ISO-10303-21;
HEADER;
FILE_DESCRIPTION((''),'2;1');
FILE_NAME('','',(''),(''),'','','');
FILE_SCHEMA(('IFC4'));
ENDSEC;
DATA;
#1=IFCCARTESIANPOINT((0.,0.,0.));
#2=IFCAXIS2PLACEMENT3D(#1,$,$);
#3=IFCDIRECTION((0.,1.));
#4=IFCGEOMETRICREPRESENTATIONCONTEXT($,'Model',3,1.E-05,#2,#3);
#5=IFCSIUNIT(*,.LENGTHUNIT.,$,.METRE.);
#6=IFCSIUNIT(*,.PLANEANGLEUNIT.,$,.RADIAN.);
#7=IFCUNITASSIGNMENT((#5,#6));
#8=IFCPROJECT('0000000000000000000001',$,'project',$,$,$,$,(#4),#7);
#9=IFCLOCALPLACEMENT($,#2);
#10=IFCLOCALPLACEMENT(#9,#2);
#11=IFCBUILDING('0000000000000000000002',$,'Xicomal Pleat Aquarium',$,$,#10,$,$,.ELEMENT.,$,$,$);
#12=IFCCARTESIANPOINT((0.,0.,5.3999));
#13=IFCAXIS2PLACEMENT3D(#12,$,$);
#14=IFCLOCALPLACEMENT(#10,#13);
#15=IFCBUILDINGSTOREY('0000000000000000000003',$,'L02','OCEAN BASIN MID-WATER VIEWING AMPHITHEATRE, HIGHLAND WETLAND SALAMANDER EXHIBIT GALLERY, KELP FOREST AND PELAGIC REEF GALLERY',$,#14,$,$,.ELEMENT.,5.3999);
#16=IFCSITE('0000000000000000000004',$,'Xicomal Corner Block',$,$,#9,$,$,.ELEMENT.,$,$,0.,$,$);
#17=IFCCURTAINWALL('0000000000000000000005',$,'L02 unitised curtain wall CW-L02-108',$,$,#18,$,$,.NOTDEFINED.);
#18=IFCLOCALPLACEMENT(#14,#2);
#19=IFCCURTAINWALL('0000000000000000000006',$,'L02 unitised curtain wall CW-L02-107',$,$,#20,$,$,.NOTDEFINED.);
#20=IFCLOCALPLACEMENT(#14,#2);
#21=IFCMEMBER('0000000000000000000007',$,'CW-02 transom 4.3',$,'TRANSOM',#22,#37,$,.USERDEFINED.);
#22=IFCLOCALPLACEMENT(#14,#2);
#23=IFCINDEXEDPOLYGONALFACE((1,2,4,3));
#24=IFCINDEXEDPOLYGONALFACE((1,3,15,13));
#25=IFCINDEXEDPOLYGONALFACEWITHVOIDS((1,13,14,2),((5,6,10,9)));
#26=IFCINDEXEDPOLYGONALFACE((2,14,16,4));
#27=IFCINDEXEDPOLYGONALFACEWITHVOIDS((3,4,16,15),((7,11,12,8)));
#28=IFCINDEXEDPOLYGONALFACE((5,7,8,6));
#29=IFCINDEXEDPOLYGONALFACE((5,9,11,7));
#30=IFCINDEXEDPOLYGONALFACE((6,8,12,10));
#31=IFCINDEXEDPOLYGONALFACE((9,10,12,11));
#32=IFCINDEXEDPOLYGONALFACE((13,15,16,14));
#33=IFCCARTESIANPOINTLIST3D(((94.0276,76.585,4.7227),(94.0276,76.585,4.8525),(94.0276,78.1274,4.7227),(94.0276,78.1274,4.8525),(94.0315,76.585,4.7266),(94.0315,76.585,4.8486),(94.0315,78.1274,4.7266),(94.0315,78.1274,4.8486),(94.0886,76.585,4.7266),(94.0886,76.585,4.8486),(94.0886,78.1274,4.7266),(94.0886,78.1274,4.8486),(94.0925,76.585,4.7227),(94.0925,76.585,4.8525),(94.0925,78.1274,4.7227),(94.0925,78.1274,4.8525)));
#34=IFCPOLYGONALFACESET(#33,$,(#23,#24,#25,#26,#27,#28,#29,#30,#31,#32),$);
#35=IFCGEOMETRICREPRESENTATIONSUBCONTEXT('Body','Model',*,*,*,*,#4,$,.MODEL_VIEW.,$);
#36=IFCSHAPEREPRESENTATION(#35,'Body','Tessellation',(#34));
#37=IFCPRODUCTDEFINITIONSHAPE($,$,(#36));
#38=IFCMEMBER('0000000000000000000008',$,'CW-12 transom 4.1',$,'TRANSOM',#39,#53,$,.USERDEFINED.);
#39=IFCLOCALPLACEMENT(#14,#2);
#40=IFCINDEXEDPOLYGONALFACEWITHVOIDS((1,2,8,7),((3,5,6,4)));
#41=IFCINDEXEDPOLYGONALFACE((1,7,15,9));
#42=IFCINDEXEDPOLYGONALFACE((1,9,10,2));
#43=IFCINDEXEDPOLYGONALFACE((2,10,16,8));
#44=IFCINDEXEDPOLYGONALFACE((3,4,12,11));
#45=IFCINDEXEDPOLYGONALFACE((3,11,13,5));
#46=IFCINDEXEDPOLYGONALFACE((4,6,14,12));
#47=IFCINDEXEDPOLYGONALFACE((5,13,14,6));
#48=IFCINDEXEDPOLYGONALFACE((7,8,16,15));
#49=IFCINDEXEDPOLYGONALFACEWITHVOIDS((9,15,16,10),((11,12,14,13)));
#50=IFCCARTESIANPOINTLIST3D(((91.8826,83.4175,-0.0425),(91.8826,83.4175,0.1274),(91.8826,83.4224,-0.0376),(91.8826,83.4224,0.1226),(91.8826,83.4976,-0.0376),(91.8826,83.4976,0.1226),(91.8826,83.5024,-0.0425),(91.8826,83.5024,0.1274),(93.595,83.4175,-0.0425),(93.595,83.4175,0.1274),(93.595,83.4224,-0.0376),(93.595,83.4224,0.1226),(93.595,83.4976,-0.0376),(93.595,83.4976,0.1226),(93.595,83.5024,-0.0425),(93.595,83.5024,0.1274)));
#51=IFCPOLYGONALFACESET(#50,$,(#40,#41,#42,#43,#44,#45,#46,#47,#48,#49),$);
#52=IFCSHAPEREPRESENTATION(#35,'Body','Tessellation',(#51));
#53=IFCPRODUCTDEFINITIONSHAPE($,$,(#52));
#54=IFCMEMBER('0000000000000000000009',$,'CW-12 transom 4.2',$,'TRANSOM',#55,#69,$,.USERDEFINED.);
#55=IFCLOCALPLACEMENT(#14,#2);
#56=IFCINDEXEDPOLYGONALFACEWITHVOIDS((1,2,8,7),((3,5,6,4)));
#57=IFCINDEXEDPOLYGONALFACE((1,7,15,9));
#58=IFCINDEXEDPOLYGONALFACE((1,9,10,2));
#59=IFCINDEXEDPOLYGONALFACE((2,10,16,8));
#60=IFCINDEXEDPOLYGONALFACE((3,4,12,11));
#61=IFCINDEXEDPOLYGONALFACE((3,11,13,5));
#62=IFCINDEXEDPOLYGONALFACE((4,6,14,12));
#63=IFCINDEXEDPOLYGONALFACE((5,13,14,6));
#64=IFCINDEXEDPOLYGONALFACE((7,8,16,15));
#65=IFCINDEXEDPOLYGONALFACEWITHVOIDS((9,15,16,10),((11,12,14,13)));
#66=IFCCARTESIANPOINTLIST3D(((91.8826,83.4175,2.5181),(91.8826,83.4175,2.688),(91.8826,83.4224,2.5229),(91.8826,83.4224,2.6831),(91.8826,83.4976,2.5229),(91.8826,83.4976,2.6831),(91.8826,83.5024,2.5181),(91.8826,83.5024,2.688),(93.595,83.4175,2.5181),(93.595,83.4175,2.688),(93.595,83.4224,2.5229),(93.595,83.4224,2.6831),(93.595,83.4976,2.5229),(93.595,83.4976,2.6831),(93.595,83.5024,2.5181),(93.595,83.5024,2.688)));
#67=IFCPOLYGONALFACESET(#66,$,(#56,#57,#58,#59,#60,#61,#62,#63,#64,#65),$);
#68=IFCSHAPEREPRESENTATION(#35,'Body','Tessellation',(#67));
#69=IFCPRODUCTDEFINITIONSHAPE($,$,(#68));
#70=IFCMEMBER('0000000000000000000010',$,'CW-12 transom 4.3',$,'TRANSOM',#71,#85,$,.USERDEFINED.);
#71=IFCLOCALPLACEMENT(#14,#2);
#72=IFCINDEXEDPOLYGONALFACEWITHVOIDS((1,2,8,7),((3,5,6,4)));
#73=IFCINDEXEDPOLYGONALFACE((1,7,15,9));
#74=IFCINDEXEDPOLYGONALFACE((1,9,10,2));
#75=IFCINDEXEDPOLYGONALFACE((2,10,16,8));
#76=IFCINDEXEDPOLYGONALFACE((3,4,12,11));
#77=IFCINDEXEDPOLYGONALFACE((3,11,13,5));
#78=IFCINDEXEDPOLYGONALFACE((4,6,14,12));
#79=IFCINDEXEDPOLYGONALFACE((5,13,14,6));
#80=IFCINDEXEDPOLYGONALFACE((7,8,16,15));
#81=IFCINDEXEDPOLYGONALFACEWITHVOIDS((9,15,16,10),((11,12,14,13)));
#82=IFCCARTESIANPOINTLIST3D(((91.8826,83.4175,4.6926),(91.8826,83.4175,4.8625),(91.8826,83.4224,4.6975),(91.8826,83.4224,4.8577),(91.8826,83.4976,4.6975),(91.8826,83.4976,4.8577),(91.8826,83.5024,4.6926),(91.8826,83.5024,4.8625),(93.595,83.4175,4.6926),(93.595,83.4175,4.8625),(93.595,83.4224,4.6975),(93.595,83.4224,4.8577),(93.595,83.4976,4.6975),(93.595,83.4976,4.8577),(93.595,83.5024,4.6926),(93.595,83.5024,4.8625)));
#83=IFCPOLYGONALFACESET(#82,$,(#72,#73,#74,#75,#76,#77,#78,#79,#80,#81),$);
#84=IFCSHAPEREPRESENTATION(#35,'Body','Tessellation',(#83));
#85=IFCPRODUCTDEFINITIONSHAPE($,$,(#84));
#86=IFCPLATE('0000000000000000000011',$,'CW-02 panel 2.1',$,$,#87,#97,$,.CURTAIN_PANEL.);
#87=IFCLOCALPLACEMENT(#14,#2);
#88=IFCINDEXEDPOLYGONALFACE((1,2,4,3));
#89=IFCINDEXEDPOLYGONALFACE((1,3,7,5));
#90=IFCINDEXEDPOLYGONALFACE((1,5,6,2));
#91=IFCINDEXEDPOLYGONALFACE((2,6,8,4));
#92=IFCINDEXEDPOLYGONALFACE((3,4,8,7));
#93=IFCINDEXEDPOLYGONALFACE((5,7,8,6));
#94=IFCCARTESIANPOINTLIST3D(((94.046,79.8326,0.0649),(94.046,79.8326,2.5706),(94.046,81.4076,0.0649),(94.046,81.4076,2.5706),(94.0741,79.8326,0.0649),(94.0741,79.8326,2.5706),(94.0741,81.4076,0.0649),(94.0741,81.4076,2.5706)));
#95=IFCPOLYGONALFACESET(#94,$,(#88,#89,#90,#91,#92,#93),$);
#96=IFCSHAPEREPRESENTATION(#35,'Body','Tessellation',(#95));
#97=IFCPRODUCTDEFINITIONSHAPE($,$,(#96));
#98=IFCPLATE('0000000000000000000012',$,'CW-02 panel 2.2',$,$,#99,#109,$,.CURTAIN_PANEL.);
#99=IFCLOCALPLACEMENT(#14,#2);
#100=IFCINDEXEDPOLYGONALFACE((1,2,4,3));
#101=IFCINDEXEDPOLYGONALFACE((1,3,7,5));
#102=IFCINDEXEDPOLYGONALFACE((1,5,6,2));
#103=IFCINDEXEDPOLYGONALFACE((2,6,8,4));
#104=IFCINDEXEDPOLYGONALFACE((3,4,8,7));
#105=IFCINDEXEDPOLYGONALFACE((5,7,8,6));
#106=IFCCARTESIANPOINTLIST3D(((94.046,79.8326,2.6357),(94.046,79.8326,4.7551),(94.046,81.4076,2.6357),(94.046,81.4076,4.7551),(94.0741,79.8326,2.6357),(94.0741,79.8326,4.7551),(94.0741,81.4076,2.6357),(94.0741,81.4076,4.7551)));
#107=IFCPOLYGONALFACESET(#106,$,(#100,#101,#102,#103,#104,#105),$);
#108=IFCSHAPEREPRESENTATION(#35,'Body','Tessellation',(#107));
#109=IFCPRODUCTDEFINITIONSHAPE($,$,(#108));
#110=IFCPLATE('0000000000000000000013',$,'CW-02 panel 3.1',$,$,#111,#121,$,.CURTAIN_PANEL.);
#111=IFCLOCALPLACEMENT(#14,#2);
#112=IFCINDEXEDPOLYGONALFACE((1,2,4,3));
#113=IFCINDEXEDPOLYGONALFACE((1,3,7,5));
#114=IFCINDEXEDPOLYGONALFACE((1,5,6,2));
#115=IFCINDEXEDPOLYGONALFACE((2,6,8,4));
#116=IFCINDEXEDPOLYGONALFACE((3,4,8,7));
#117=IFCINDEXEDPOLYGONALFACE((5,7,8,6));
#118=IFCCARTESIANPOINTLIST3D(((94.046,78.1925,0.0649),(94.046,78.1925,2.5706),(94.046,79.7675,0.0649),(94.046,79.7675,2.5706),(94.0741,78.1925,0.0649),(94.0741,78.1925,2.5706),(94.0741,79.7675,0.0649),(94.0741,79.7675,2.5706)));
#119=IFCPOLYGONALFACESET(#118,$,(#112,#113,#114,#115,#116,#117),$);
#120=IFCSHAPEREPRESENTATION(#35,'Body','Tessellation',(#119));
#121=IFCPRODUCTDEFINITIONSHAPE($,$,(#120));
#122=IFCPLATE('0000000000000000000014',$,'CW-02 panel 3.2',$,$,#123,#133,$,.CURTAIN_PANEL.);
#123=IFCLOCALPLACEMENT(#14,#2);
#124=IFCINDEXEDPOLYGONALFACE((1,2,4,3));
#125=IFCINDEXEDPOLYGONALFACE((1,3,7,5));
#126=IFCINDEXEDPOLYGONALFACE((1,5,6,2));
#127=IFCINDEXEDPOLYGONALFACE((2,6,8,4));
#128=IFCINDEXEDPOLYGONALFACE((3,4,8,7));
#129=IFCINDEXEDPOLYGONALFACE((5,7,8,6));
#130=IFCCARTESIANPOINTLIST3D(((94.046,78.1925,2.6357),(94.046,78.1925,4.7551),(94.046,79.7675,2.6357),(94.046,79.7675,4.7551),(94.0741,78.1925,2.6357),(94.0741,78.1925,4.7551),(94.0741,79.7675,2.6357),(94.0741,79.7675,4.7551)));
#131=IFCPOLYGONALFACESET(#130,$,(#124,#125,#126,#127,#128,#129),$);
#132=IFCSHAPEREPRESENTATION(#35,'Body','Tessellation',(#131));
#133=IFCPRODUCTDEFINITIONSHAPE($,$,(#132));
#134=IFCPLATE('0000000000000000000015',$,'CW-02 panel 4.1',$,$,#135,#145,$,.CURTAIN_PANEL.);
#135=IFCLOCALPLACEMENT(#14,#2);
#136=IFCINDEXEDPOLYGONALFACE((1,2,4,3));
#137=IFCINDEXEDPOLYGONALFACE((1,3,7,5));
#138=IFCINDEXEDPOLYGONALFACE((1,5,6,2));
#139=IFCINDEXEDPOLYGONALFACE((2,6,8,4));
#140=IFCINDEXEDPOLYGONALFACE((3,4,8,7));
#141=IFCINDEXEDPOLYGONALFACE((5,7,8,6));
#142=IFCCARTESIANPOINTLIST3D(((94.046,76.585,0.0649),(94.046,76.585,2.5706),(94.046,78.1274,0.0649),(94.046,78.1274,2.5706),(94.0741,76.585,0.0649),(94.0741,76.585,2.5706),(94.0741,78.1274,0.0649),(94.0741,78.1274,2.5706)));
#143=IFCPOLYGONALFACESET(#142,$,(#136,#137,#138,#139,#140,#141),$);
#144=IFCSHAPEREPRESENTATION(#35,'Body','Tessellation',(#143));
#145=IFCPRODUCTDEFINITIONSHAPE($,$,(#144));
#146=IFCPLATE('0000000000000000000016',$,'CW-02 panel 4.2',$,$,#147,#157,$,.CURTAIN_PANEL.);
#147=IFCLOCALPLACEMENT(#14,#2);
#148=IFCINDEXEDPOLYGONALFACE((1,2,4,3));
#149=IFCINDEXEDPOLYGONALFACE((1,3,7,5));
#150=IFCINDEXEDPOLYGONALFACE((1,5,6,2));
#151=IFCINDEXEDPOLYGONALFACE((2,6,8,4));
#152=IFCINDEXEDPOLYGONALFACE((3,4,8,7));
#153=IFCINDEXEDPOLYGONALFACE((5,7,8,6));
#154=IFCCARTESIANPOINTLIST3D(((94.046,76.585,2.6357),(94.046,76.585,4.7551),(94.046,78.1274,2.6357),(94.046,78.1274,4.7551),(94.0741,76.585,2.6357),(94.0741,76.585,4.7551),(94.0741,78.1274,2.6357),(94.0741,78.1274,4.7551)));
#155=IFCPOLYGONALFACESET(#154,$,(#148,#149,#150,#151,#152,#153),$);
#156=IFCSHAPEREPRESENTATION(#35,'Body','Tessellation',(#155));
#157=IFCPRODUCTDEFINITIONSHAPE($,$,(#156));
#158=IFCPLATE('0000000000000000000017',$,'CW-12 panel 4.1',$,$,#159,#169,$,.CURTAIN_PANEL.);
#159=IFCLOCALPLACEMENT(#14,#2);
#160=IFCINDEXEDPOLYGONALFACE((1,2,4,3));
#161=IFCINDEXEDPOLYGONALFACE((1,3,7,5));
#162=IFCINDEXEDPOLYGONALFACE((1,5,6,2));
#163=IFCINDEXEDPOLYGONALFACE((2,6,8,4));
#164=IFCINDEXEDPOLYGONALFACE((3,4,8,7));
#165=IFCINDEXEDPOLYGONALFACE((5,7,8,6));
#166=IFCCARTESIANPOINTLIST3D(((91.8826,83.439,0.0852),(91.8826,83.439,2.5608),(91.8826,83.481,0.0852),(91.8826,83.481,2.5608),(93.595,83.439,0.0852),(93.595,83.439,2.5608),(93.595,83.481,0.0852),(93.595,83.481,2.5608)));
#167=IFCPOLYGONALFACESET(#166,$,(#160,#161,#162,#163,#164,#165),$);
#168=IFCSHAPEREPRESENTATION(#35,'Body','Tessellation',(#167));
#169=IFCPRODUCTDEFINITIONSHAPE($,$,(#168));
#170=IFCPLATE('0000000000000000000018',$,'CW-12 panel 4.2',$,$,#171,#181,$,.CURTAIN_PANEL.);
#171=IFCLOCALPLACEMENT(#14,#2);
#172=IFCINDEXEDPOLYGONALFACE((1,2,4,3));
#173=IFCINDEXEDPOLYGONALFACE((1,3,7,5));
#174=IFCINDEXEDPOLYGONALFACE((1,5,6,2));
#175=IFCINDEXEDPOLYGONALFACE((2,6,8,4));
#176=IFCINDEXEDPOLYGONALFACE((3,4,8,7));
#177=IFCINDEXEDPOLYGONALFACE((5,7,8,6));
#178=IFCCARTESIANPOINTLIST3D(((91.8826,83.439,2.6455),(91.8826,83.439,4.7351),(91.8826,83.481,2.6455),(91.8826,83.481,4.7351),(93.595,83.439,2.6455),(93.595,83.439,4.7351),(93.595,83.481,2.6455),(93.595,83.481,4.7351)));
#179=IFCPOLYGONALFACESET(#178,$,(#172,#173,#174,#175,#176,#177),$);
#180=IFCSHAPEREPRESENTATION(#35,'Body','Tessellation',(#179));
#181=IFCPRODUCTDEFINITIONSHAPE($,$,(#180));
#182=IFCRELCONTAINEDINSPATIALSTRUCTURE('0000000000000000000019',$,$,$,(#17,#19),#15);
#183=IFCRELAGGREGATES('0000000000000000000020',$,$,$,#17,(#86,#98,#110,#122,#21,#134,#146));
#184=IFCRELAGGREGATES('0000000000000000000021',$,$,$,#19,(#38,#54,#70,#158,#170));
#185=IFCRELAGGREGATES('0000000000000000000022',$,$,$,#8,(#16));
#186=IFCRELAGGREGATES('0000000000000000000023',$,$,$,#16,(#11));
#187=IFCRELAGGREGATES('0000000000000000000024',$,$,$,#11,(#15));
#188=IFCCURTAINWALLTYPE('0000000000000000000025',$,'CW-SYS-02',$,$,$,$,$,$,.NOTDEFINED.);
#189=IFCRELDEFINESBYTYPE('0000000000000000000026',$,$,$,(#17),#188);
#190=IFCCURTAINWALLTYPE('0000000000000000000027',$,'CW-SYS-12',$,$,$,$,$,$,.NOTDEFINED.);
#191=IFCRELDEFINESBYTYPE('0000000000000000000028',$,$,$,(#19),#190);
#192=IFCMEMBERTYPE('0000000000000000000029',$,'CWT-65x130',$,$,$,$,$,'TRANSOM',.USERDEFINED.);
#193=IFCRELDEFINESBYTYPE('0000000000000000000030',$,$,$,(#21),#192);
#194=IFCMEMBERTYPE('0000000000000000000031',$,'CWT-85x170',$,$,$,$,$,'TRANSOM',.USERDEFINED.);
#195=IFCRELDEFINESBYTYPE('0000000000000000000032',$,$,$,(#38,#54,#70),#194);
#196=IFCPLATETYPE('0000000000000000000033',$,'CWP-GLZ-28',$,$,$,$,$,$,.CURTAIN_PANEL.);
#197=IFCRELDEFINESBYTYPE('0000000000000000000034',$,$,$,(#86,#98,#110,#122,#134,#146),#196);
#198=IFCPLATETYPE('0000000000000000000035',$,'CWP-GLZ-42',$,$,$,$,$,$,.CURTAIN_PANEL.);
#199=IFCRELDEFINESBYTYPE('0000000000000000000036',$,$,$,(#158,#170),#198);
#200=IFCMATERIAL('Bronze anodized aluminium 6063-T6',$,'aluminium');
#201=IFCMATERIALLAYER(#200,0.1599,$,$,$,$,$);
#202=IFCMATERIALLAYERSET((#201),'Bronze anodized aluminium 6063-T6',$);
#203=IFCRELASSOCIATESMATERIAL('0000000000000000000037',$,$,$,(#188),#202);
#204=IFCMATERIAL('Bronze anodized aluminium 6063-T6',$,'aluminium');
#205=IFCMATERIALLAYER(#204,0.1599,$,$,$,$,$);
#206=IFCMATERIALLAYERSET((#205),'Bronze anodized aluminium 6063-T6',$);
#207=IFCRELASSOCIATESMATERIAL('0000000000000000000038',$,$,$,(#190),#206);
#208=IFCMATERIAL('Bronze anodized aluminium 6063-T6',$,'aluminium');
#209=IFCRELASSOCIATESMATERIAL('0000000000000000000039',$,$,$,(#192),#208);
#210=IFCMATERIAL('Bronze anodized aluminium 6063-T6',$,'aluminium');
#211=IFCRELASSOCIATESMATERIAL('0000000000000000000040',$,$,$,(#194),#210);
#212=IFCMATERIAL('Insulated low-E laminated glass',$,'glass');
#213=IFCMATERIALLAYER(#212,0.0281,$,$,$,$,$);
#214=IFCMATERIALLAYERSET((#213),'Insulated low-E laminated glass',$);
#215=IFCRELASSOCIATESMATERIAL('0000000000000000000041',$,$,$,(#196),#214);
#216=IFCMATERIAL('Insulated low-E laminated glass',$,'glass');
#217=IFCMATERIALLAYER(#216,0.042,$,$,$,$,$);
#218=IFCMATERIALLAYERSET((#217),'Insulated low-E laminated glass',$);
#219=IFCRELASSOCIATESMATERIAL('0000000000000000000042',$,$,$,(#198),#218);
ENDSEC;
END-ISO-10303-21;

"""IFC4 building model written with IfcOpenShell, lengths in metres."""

from ifc_helpers import new_model, si_unit, direction, frame, origin, origin_2d, place, context, subcontext, project, spatial, rectangle, hollow_rectangle, extrude, material, layer, layer_set, material_profile, profile_set, type_object, element, aggregate, save


model = new_model("IFC4")

# Units and contexts
model_context = context("Model", 3, precision=1e-05, world=origin(), true_north=direction((0.0, 1.0)))
body_context = subcontext(model_context, "Body", "Model", "MODEL_VIEW")
ifc_project = project(units=[si_unit("LENGTHUNIT", "METRE"), si_unit("PLANEANGLEUNIT", "RADIAN")], contexts=[model_context])

# Site, building, storey
site_placement = place(None, origin())
site = spatial("IfcSite", under=ifc_project, at=site_placement, Name="Xicomal Corner Block", CompositionType="ELEMENT", RefElevation=0.0)
building_placement = place(site_placement, origin())
building = spatial("IfcBuilding", under=site, at=building_placement, Name="Xicomal Pleat Aquarium", CompositionType="ELEMENT")
storey_placement = place(building_placement, frame((0.0, 0.0, 5.3999)))
storey = spatial("IfcBuildingStorey", under=building, at=storey_placement, Name="L02", Description="OCEAN BASIN MID-WATER VIEWING AMPHITHEATRE, HIGHLAND WETLAND SALAMANDER EXHIBIT GALLERY, KELP FOREST AND PELAGIC REEF GALLERY", CompositionType="ELEMENT", Elevation=5.3999)

# Curtain wall
ifc_material_1 = material(Name="Bronze anodized aluminium 6063-T6", Category="aluminium")
ifc_layer_1 = layer(ifc_material_1, 0.1599)
ifc_layer_set_1 = layer_set([ifc_layer_1], Name="Bronze anodized aluminium 6063-T6")
curtain_wall_type_1 = type_object("IfcCurtainWallType", Name="CW-SYS-02", PredefinedType="NOTDEFINED", material=ifc_layer_set_1)
curtain_wall_1_placement = place(storey_placement, origin())
curtain_wall_1 = element("IfcCurtainWall", 1, at=curtain_wall_1_placement, inside=storey, type_object=curtain_wall_type_1, Name="L02 unitised curtain wall CW-L02-108", PredefinedType="NOTDEFINED")

# Curtain wall
ifc_material_2 = material(Name="Bronze anodized aluminium 6063-T6", Category="aluminium")
ifc_layer_2 = layer(ifc_material_2, 0.1599)
ifc_layer_set_2 = layer_set([ifc_layer_2], Name="Bronze anodized aluminium 6063-T6")
curtain_wall_type_2 = type_object("IfcCurtainWallType", Name="CW-SYS-12", PredefinedType="NOTDEFINED", material=ifc_layer_set_2)
curtain_wall_2_placement = place(storey_placement, origin())
curtain_wall_2 = element("IfcCurtainWall", 2, at=curtain_wall_2_placement, inside=storey, type_object=curtain_wall_type_2, Name="L02 unitised curtain wall CW-L02-107", PredefinedType="NOTDEFINED")

# Members
ifc_material_3 = material(Name="Bronze anodized aluminium 6063-T6", Category="aluminium")
ifc_material_profile_1 = material_profile(ifc_material_3, hollow_rectangle(XDim=0.0649, YDim=0.1299, WallThickness=0.0039, at=origin_2d()), Name="ALU TRAN 65x130")
ifc_profile_set_1 = profile_set([ifc_material_profile_1], Name="Bronze anodized aluminium 6063-T6")
member_type_1 = type_object("IfcMemberType", Name="CWT-65x130", ElementType="TRANSOM", PredefinedType="USERDEFINED", material=ifc_profile_set_1)
member_1_placement = place(storey_placement, frame((94.0601, 78.1274, 4.7876), z_axis=(0.0, -1.0, 0.0), x_axis=(1.0, 0.0, 0.0)))
member_1 = element("IfcMember", 3, at=member_1_placement, type_object=member_type_1, Name="CW-02 transom 4.3", ObjectType="TRANSOM", PredefinedType="USERDEFINED", context=body_context, shape_type="SweptSolid", body=[
    extrude(hollow_rectangle(XDim=0.0649, YDim=0.1299, WallThickness=0.0039, at=origin_2d()), origin(), (0.0, 0.0, 1.0), 1.5425),
])
ifc_material_4 = material(Name="Bronze anodized aluminium 6063-T6", Category="aluminium")
ifc_material_profile_2 = material_profile(ifc_material_4, hollow_rectangle(XDim=0.085, YDim=0.1699, WallThickness=0.0049, at=origin_2d()), Name="ALU TRAN 85x170")
ifc_profile_set_2 = profile_set([ifc_material_profile_2], Name="Bronze anodized aluminium 6063-T6")
member_type_2 = type_object("IfcMemberType", Name="CWT-85x170", ElementType="TRANSOM", PredefinedType="USERDEFINED", material=ifc_profile_set_2)
member_2_placement = place(storey_placement, frame((91.8826, 83.46, 0.0425), z_axis=(1.0, 0.0, 0.0), x_axis=(0.0, 1.0, 0.0)))
member_2 = element("IfcMember", 4, at=member_2_placement, type_object=member_type_2, Name="CW-12 transom 4.1", ObjectType="TRANSOM", PredefinedType="USERDEFINED", context=body_context, shape_type="SweptSolid", body=[
    extrude(hollow_rectangle(XDim=0.085, YDim=0.1699, WallThickness=0.0049, at=origin_2d()), origin(), (0.0, 0.0, 1.0), 1.7124),
])
member_3_placement = place(storey_placement, frame((91.8826, 83.46, 2.603), z_axis=(1.0, 0.0, 0.0), x_axis=(0.0, 1.0, 0.0)))
member_3 = element("IfcMember", 5, at=member_3_placement, type_object=member_type_2, Name="CW-12 transom 4.2", ObjectType="TRANSOM", PredefinedType="USERDEFINED", context=body_context, shape_type="SweptSolid", body=[
    extrude(hollow_rectangle(XDim=0.085, YDim=0.1699, WallThickness=0.0049, at=origin_2d()), origin(), (0.0, 0.0, 1.0), 1.7124),
])
member_4_placement = place(storey_placement, frame((91.8826, 83.46, 4.7776), z_axis=(1.0, 0.0, 0.0), x_axis=(0.0, 1.0, 0.0)))
member_4 = element("IfcMember", 6, at=member_4_placement, type_object=member_type_2, Name="CW-12 transom 4.3", ObjectType="TRANSOM", PredefinedType="USERDEFINED", context=body_context, shape_type="SweptSolid", body=[
    extrude(hollow_rectangle(XDim=0.085, YDim=0.1699, WallThickness=0.0049, at=origin_2d()), origin(), (0.0, 0.0, 1.0), 1.7124),
])

# Plates
ifc_material_5 = material(Name="Insulated low-E laminated glass", Category="glass")
ifc_layer_3 = layer(ifc_material_5, 0.0281)
ifc_layer_set_3 = layer_set([ifc_layer_3], Name="Insulated low-E laminated glass")
plate_type_1 = type_object("IfcPlateType", Name="CWP-GLZ-28", PredefinedType="CURTAIN_PANEL", material=ifc_layer_set_3)
plate_1_placement = place(storey_placement, frame((94.0601, 80.6201, 0.0649), z_axis=(0.0, 0.0, 1.0), x_axis=(0.0, -1.0, 0.0)))
plate_1 = element("IfcPlate", 7, at=plate_1_placement, type_object=plate_type_1, Name="CW-02 panel 2.1", PredefinedType="CURTAIN_PANEL", context=body_context, shape_type="SweptSolid", body=[
    extrude(rectangle(XDim=1.575, YDim=0.0281, at=origin_2d()), origin(), (0.0, 0.0, 1.0), 2.5056),
])
plate_2_placement = place(storey_placement, frame((94.0601, 80.6201, 2.6357), z_axis=(0.0, 0.0, 1.0), x_axis=(0.0, -1.0, 0.0)))
plate_2 = element("IfcPlate", 8, at=plate_2_placement, type_object=plate_type_1, Name="CW-02 panel 2.2", PredefinedType="CURTAIN_PANEL", context=body_context, shape_type="SweptSolid", body=[
    extrude(rectangle(XDim=1.575, YDim=0.0281, at=origin_2d()), origin(), (0.0, 0.0, 1.0), 2.1194),
])
plate_3_placement = place(storey_placement, frame((94.0601, 78.98, 0.0649), z_axis=(0.0, 0.0, 1.0), x_axis=(0.0, -1.0, 0.0)))
plate_3 = element("IfcPlate", 9, at=plate_3_placement, type_object=plate_type_1, Name="CW-02 panel 3.1", PredefinedType="CURTAIN_PANEL", context=body_context, shape_type="SweptSolid", body=[
    extrude(rectangle(XDim=1.575, YDim=0.0281, at=origin_2d()), origin(), (0.0, 0.0, 1.0), 2.5056),
])
plate_4_placement = place(storey_placement, frame((94.0601, 78.98, 2.6357), z_axis=(0.0, 0.0, 1.0), x_axis=(0.0, -1.0, 0.0)))
plate_4 = element("IfcPlate", 10, at=plate_4_placement, type_object=plate_type_1, Name="CW-02 panel 3.2", PredefinedType="CURTAIN_PANEL", context=body_context, shape_type="SweptSolid", body=[
    extrude(rectangle(XDim=1.575, YDim=0.0281, at=origin_2d()), origin(), (0.0, 0.0, 1.0), 2.1194),
])
plate_5_placement = place(storey_placement, frame((94.0601, 77.3562, 0.0649), z_axis=(0.0, 0.0, 1.0), x_axis=(0.0, -1.0, 0.0)))
plate_5 = element("IfcPlate", 11, at=plate_5_placement, type_object=plate_type_1, Name="CW-02 panel 4.1", PredefinedType="CURTAIN_PANEL", context=body_context, shape_type="SweptSolid", body=[
    extrude(rectangle(XDim=1.5425, YDim=0.0281, at=origin_2d()), origin(), (0.0, 0.0, 1.0), 2.5056),
])
plate_6_placement = place(storey_placement, frame((94.0601, 77.3562, 2.6357), z_axis=(0.0, 0.0, 1.0), x_axis=(0.0, -1.0, 0.0)))
plate_6 = element("IfcPlate", 12, at=plate_6_placement, type_object=plate_type_1, Name="CW-02 panel 4.2", PredefinedType="CURTAIN_PANEL", context=body_context, shape_type="SweptSolid", body=[
    extrude(rectangle(XDim=1.5425, YDim=0.0281, at=origin_2d()), origin(), (0.0, 0.0, 1.0), 2.1194),
])
aggregate(curtain_wall_1, [plate_1, plate_2, plate_3, plate_4, member_1, plate_5, plate_6])
ifc_material_6 = material(Name="Insulated low-E laminated glass", Category="glass")
ifc_layer_4 = layer(ifc_material_6, 0.042)
ifc_layer_set_4 = layer_set([ifc_layer_4], Name="Insulated low-E laminated glass")
plate_type_2 = type_object("IfcPlateType", Name="CWP-GLZ-42", PredefinedType="CURTAIN_PANEL", material=ifc_layer_set_4)
plate_7_placement = place(storey_placement, frame((92.7388, 83.46, 0.0852), z_axis=(0.0, 0.0, 1.0), x_axis=(1.0, 0.0, 0.0)))
plate_7 = element("IfcPlate", 13, at=plate_7_placement, type_object=plate_type_2, Name="CW-12 panel 4.1", PredefinedType="CURTAIN_PANEL", context=body_context, shape_type="SweptSolid", body=[
    extrude(rectangle(XDim=1.7124, YDim=0.042, at=origin_2d()), origin(), (0.0, 0.0, 1.0), 2.4756),
])
plate_8_placement = place(storey_placement, frame((92.7388, 83.46, 2.6455), z_axis=(0.0, 0.0, 1.0), x_axis=(1.0, 0.0, 0.0)))
plate_8 = element("IfcPlate", 14, at=plate_8_placement, type_object=plate_type_2, Name="CW-12 panel 4.2", PredefinedType="CURTAIN_PANEL", context=body_context, shape_type="SweptSolid", body=[
    extrude(rectangle(XDim=1.7124, YDim=0.042, at=origin_2d()), origin(), (0.0, 0.0, 1.0), 2.0896),
])
aggregate(curtain_wall_2, [member_2, member_3, member_4, plate_7, plate_8])

save(model, "model.ifc")
